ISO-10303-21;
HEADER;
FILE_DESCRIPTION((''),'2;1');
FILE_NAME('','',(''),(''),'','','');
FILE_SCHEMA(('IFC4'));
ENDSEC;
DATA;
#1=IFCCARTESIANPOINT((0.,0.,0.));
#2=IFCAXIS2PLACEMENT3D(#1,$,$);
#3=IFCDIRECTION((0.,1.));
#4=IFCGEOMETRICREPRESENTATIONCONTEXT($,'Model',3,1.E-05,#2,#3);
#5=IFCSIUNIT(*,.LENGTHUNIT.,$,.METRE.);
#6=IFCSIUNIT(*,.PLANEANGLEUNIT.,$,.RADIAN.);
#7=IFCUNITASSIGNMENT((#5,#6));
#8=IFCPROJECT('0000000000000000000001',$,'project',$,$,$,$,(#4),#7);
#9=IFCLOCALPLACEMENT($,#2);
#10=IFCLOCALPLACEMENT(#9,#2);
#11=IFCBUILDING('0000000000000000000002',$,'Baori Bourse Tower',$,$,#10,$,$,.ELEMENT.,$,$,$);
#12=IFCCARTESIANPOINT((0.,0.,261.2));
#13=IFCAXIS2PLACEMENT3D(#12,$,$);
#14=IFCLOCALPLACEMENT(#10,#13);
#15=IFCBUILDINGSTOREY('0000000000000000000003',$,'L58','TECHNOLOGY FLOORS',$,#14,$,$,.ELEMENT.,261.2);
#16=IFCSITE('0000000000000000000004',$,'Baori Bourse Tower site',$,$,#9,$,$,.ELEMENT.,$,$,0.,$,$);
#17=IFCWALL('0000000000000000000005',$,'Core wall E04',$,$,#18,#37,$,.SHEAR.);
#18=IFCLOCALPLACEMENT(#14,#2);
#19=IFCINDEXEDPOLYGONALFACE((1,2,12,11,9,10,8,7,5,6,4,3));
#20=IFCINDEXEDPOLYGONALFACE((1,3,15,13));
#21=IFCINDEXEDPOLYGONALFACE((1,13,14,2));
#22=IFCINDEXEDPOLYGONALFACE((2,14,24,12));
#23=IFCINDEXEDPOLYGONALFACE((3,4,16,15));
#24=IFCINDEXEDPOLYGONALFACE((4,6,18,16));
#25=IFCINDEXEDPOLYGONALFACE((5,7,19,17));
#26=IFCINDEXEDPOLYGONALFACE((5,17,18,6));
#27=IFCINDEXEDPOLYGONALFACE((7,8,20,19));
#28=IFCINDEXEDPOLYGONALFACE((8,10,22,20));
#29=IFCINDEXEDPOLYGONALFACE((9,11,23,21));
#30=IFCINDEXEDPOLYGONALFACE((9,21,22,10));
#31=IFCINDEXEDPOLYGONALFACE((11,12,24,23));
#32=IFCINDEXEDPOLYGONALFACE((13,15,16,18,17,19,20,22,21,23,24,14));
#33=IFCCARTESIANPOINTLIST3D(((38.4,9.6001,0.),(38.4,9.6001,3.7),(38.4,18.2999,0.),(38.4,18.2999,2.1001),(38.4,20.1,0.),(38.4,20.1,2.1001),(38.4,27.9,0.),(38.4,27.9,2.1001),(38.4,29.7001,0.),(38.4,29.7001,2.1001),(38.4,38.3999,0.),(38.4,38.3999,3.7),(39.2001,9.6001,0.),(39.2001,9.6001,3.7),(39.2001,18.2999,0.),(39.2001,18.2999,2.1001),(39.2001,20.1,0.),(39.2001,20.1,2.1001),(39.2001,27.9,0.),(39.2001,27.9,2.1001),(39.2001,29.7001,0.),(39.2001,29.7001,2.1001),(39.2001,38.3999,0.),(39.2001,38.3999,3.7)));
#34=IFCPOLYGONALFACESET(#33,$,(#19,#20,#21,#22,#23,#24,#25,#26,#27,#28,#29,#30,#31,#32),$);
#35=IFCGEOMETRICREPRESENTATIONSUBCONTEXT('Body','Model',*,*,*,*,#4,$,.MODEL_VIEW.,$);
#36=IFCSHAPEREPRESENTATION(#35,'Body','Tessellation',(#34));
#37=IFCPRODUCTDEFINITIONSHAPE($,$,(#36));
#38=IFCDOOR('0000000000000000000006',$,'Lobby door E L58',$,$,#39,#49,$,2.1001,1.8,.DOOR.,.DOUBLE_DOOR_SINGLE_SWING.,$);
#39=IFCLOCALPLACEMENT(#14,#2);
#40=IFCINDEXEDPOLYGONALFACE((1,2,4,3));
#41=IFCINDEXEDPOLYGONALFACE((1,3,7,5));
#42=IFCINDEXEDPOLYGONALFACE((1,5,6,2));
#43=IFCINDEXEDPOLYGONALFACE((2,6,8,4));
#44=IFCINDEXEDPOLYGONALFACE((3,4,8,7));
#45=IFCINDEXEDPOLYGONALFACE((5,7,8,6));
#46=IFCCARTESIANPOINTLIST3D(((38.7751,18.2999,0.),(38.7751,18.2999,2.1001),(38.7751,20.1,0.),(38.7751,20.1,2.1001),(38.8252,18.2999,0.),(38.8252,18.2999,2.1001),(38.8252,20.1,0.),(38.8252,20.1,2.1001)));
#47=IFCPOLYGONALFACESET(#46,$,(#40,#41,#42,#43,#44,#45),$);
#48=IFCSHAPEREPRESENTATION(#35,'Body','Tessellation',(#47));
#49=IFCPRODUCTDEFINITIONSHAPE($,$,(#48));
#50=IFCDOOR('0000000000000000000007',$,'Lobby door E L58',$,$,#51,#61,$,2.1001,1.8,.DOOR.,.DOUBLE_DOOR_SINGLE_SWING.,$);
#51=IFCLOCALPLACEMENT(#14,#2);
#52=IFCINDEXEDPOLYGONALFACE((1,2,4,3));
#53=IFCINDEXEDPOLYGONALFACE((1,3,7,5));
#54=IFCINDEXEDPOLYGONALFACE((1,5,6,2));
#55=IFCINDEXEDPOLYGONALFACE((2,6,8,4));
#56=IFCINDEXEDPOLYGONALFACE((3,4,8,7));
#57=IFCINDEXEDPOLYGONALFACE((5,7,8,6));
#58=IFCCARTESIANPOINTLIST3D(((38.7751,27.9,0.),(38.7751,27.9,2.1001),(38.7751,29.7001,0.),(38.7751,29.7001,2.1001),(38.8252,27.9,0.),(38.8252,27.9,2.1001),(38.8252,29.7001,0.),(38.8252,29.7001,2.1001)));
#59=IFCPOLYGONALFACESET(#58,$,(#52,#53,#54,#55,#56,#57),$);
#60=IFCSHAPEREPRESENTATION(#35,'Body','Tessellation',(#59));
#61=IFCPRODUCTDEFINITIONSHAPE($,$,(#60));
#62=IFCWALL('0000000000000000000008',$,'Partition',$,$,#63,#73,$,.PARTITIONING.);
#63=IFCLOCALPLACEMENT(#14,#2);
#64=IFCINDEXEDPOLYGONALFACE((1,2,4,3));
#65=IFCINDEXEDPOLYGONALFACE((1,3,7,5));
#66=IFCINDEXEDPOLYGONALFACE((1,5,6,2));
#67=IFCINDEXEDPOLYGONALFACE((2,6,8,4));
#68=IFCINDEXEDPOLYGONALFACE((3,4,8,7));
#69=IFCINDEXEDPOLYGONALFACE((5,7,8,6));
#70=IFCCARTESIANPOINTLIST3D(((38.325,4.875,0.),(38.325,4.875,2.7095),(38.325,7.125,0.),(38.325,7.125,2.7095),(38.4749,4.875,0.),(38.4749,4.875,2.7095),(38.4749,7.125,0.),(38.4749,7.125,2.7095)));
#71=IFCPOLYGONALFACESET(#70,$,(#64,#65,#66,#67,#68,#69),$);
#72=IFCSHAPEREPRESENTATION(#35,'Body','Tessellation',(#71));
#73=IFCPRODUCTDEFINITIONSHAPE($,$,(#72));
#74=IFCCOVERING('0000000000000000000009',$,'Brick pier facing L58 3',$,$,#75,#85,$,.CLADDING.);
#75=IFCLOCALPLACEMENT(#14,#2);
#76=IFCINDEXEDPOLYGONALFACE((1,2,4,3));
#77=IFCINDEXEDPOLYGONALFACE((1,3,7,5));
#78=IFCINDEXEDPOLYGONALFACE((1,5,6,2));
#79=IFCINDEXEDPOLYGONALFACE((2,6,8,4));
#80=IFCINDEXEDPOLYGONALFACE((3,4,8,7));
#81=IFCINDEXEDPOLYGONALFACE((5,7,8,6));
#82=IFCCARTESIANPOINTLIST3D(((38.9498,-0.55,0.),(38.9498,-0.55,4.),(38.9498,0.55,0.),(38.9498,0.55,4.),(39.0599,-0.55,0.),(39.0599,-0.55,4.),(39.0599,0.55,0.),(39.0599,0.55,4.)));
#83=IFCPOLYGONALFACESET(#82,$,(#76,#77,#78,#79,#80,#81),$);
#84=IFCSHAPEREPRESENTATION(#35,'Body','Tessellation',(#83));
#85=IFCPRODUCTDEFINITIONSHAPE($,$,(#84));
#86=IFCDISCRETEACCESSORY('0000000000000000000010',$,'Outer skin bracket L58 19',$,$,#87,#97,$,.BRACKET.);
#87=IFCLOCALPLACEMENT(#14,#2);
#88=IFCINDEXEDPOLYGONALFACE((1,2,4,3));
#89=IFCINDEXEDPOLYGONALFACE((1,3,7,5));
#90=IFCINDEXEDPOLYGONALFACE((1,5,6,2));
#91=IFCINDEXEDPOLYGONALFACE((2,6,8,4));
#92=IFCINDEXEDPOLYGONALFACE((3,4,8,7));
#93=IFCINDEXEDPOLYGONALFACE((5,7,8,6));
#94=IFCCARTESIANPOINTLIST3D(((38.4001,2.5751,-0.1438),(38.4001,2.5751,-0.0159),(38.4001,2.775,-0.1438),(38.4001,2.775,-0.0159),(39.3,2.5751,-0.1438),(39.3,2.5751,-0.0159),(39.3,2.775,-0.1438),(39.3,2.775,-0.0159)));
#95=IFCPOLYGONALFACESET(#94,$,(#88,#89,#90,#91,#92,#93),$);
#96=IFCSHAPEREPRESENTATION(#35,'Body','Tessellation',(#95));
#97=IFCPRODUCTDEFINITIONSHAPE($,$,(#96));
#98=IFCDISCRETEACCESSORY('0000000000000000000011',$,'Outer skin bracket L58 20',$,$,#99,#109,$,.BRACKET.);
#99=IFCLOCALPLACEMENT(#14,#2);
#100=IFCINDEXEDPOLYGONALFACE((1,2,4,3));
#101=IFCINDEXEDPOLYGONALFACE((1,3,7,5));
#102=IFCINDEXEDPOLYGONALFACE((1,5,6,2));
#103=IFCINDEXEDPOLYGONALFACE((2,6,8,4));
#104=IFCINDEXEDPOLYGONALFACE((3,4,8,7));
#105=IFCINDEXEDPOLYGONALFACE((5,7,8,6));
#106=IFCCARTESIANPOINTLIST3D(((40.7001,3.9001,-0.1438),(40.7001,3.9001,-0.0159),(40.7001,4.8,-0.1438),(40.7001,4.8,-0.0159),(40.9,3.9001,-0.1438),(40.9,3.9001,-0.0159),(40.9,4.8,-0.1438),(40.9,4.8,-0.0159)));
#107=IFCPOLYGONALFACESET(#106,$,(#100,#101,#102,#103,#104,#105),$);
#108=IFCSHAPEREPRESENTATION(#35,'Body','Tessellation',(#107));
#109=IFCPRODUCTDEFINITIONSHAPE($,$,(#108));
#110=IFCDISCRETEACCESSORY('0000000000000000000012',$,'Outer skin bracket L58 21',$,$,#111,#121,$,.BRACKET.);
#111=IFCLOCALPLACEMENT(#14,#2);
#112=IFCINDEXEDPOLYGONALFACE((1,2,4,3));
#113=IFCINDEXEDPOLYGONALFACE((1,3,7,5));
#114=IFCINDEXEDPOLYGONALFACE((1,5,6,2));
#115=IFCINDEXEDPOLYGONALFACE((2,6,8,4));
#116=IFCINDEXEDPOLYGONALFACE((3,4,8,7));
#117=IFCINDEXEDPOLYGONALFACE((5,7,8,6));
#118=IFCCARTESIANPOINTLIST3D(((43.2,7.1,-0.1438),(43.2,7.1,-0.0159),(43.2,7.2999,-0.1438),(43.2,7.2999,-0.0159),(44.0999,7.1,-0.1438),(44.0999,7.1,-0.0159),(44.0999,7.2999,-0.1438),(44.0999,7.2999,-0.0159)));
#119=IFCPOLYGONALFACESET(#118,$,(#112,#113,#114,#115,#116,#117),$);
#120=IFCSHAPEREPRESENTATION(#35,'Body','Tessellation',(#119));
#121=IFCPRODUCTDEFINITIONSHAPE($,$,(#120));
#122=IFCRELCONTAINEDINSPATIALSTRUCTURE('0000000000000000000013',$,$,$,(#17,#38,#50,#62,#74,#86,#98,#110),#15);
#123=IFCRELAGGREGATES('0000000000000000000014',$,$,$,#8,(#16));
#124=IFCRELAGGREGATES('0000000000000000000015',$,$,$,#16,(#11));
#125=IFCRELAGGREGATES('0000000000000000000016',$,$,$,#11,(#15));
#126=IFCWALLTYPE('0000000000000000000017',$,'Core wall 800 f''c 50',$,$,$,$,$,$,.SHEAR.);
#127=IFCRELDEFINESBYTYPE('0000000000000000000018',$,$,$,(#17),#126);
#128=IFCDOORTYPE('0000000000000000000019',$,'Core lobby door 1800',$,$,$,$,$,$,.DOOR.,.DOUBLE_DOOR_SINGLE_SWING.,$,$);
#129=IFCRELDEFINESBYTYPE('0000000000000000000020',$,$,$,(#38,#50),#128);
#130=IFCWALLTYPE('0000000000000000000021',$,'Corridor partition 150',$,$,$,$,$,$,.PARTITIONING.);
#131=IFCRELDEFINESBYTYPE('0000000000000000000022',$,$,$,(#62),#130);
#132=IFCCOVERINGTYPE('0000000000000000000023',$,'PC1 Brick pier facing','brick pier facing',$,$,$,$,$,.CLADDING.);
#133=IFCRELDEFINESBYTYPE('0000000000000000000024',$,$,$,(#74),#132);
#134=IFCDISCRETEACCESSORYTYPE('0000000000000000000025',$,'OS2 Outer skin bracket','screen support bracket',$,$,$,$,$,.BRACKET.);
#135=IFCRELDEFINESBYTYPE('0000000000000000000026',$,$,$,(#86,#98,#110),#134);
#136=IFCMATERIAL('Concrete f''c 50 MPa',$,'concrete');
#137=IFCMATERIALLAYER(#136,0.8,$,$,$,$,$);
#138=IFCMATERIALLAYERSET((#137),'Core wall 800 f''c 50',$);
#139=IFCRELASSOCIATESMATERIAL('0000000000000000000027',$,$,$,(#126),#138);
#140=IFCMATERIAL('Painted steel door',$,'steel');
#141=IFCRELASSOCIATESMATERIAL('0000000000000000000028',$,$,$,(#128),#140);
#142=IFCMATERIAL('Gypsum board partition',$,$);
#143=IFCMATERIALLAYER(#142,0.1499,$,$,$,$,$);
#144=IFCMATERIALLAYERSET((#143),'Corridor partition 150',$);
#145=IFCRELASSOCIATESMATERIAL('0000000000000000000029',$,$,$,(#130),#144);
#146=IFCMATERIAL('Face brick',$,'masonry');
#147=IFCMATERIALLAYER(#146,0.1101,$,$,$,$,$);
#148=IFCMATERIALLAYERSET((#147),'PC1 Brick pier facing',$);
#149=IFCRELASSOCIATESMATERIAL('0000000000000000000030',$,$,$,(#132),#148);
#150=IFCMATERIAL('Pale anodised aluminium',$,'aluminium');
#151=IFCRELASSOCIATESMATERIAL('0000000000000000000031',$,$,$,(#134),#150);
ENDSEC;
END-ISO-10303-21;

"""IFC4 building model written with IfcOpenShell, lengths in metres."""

from ifc_helpers import new_model, si_unit, direction, frame, frame_2d, origin, origin_2d, place, context, subcontext, project, spatial, rectangle, extrude, material, layer, layer_set, type_object, element, fill, save


model = new_model("IFC4")

# Units and contexts
model_context = context("Model", 3, precision=1e-05, world=origin(), true_north=direction((0.0, 1.0)))
body_context = subcontext(model_context, "Body", "Model", "MODEL_VIEW")
ifc_project = project(units=[si_unit("LENGTHUNIT", "METRE"), si_unit("PLANEANGLEUNIT", "RADIAN")], contexts=[model_context])

# Site, building, storey
site_placement = place(None, origin())
site = spatial("IfcSite", under=ifc_project, at=site_placement, Name="Baori Bourse Tower site", CompositionType="ELEMENT", RefElevation=0.0)
building_placement = place(site_placement, origin())
building = spatial("IfcBuilding", under=site, at=building_placement, Name="Baori Bourse Tower", CompositionType="ELEMENT")
storey_placement = place(building_placement, frame((0.0, 0.0, 261.2)))
storey = spatial("IfcBuildingStorey", under=building, at=storey_placement, Name="L58", Description="TECHNOLOGY FLOORS", CompositionType="ELEMENT", Elevation=261.2)

# Shared definitions
ifc_material_1 = material(Name="Concrete f'c 50 MPa", Category="concrete")
ifc_layer_1 = layer(ifc_material_1, 0.8)
ifc_layer_set_1 = layer_set([ifc_layer_1], Name="Core wall 800 f'c 50")
wall_type_1 = type_object("IfcWallType", Name="Core wall 800 f'c 50", PredefinedType="SHEAR", material=ifc_layer_set_1)

# Wall, openings, doors
wall_1_placement = place(storey_placement, frame((38.8, 9.6001, 0.0), z_axis=(0.0, 0.0, 1.0), x_axis=(0.0, 1.0, 0.0)))
wall_1 = element("IfcWall", 1, at=wall_1_placement, inside=storey, type_object=wall_type_1, Name="Core wall E04", PredefinedType="SHEAR", context=body_context, shape_type="SweptSolid", body=[
    extrude(rectangle(XDim=28.7998, YDim=0.8, at=frame_2d((14.3999, 0.0))), origin(), (0.0, 0.0, 1.0), 3.7),
])
opening_1_placement = place(wall_1_placement, frame((8.7, 0.0, 0.0)))
opening_1 = element("IfcOpeningElement", 2, at=opening_1_placement, cuts=wall_1, PredefinedType="OPENING", context=body_context, shape_type="SweptSolid", body=[
    extrude(rectangle(XDim=1.8, YDim=2.1001, at=frame_2d((0.8999, 1.05))), frame((0.0, 0.4099, 0.0), z_axis=(0.0, -1.0, 0.0), x_axis=(1.0, 0.0, 0.0)), (0.0, 0.0, 1.0), 0.8201),
])
opening_2_placement = place(wall_1_placement, frame((18.3, 0.0, 0.0)))
opening_2 = element("IfcOpeningElement", 3, at=opening_2_placement, cuts=wall_1, PredefinedType="OPENING", context=body_context, shape_type="SweptSolid", body=[
    extrude(rectangle(XDim=1.8, YDim=2.1001, at=frame_2d((0.8999, 1.05))), frame((0.0, 0.4099, 0.0), z_axis=(0.0, -1.0, 0.0), x_axis=(1.0, 0.0, 0.0)), (0.0, 0.0, 1.0), 0.8201),
])
ifc_material_2 = material(Name="Painted steel door", Category="steel")
door_type_1 = type_object("IfcDoorType", Name="Core lobby door 1800", OperationType="DOUBLE_DOOR_SINGLE_SWING", PredefinedType="DOOR", material=ifc_material_2)
door_1_placement = place(opening_1_placement, origin())
door_1 = element("IfcDoor", 4, at=door_1_placement, inside=storey, type_object=door_type_1, Name="Lobby door E L58", OperationType="DOUBLE_DOOR_SINGLE_SWING", OverallHeight=2.1001, OverallWidth=1.8, PredefinedType="DOOR", context=body_context, shape_type="SweptSolid", body=[
    extrude(rectangle(XDim=1.8, YDim=2.1001, at=frame_2d((0.8999, 1.05))), frame((0.0, 0.0249, 0.0), z_axis=(0.0, -1.0, 0.0), x_axis=(1.0, 0.0, 0.0)), (0.0, 0.0, 1.0), 0.05),
])
fill(opening_1, door_1)
door_2_placement = place(opening_2_placement, origin())
door_2 = element("IfcDoor", 5, at=door_2_placement, inside=storey, type_object=door_type_1, Name="Lobby door E L58", OperationType="DOUBLE_DOOR_SINGLE_SWING", OverallHeight=2.1001, OverallWidth=1.8, PredefinedType="DOOR", context=body_context, shape_type="SweptSolid", body=[
    extrude(rectangle(XDim=1.8, YDim=2.1001, at=frame_2d((0.8999, 1.05))), frame((0.0, 0.0249, 0.0), z_axis=(0.0, -1.0, 0.0), x_axis=(1.0, 0.0, 0.0)), (0.0, 0.0, 1.0), 0.05),
])
fill(opening_2, door_2)

# Wall
ifc_material_3 = material(Name="Gypsum board partition")
ifc_layer_2 = layer(ifc_material_3, 0.1499)
ifc_layer_set_2 = layer_set([ifc_layer_2], Name="Corridor partition 150")
wall_type_2 = type_object("IfcWallType", Name="Corridor partition 150", PredefinedType="PARTITIONING", material=ifc_layer_set_2)
wall_2_placement = place(storey_placement, frame((38.3999, 4.875, 0.0), z_axis=(0.0, 0.0, 1.0), x_axis=(0.0, 1.0, 0.0)))
element("IfcWall", 6, at=wall_2_placement, inside=storey, type_object=wall_type_2, Name="Partition", PredefinedType="PARTITIONING", context=body_context, shape_type="SweptSolid", body=[
    extrude(rectangle(XDim=2.25, YDim=0.1499, at=frame_2d((1.125, 0.0))), origin(), (0.0, 0.0, 1.0), 2.7095),
])

# Covering
ifc_material_4 = material(Name="Face brick", Category="masonry")
ifc_layer_3 = layer(ifc_material_4, 0.1101)
ifc_layer_set_3 = layer_set([ifc_layer_3], Name="PC1 Brick pier facing")
covering_type = type_object("IfcCoveringType", Name="PC1 Brick pier facing", Description="brick pier facing", PredefinedType="CLADDING", material=ifc_layer_set_3)
covering_placement = place(storey_placement, frame((39.0049, 0.0, 0.0), z_axis=(0.0, 0.0, 1.0), x_axis=(1.0, 0.0, 0.0)))
element("IfcCovering", 7, at=covering_placement, inside=storey, type_object=covering_type, Name="Brick pier facing L58 3", PredefinedType="CLADDING", context=body_context, shape_type="SweptSolid", body=[
    extrude(rectangle(XDim=0.1101, YDim=1.1001, at=origin_2d()), origin(), (0.0, 0.0, 1.0), 4.0),
])

# Discrete accessories
ifc_material_5 = material(Name="Pale anodised aluminium", Category="aluminium")
discrete_accessory_type = type_object("IfcDiscreteAccessoryType", Name="OS2 Outer skin bracket", Description="screen support bracket", PredefinedType="BRACKET", material=ifc_material_5)
for number, where, z_axis, x_axis, name in (
    (8, (38.8501, 2.675, -0.1438), (0.0, 0.0, 1.0), (0.0, 1.0, 0.0), "Outer skin bracket L58 19"),
    (9, (40.8, 4.3501, -0.1438), (0.0, 0.0, 1.0), (1.0, 0.0, 0.0), "Outer skin bracket L58 20"),
    (10, (43.6499, 7.2, -0.1438), (0.0, 0.0, 1.0), (0.0, 1.0, 0.0), "Outer skin bracket L58 21"),
):
    element("IfcDiscreteAccessory", number, at=place(storey_placement, frame(where, z_axis=z_axis, x_axis=x_axis)), inside=storey, type_object=discrete_accessory_type, Name=name, PredefinedType="BRACKET", context=body_context, shape_type="SweptSolid", body=[
        extrude(rectangle(XDim=0.2, YDim=0.8999, at=origin_2d()), origin(), (0.0, 0.0, 1.0), 0.1279),
    ])

save(model, "model.ifc")
